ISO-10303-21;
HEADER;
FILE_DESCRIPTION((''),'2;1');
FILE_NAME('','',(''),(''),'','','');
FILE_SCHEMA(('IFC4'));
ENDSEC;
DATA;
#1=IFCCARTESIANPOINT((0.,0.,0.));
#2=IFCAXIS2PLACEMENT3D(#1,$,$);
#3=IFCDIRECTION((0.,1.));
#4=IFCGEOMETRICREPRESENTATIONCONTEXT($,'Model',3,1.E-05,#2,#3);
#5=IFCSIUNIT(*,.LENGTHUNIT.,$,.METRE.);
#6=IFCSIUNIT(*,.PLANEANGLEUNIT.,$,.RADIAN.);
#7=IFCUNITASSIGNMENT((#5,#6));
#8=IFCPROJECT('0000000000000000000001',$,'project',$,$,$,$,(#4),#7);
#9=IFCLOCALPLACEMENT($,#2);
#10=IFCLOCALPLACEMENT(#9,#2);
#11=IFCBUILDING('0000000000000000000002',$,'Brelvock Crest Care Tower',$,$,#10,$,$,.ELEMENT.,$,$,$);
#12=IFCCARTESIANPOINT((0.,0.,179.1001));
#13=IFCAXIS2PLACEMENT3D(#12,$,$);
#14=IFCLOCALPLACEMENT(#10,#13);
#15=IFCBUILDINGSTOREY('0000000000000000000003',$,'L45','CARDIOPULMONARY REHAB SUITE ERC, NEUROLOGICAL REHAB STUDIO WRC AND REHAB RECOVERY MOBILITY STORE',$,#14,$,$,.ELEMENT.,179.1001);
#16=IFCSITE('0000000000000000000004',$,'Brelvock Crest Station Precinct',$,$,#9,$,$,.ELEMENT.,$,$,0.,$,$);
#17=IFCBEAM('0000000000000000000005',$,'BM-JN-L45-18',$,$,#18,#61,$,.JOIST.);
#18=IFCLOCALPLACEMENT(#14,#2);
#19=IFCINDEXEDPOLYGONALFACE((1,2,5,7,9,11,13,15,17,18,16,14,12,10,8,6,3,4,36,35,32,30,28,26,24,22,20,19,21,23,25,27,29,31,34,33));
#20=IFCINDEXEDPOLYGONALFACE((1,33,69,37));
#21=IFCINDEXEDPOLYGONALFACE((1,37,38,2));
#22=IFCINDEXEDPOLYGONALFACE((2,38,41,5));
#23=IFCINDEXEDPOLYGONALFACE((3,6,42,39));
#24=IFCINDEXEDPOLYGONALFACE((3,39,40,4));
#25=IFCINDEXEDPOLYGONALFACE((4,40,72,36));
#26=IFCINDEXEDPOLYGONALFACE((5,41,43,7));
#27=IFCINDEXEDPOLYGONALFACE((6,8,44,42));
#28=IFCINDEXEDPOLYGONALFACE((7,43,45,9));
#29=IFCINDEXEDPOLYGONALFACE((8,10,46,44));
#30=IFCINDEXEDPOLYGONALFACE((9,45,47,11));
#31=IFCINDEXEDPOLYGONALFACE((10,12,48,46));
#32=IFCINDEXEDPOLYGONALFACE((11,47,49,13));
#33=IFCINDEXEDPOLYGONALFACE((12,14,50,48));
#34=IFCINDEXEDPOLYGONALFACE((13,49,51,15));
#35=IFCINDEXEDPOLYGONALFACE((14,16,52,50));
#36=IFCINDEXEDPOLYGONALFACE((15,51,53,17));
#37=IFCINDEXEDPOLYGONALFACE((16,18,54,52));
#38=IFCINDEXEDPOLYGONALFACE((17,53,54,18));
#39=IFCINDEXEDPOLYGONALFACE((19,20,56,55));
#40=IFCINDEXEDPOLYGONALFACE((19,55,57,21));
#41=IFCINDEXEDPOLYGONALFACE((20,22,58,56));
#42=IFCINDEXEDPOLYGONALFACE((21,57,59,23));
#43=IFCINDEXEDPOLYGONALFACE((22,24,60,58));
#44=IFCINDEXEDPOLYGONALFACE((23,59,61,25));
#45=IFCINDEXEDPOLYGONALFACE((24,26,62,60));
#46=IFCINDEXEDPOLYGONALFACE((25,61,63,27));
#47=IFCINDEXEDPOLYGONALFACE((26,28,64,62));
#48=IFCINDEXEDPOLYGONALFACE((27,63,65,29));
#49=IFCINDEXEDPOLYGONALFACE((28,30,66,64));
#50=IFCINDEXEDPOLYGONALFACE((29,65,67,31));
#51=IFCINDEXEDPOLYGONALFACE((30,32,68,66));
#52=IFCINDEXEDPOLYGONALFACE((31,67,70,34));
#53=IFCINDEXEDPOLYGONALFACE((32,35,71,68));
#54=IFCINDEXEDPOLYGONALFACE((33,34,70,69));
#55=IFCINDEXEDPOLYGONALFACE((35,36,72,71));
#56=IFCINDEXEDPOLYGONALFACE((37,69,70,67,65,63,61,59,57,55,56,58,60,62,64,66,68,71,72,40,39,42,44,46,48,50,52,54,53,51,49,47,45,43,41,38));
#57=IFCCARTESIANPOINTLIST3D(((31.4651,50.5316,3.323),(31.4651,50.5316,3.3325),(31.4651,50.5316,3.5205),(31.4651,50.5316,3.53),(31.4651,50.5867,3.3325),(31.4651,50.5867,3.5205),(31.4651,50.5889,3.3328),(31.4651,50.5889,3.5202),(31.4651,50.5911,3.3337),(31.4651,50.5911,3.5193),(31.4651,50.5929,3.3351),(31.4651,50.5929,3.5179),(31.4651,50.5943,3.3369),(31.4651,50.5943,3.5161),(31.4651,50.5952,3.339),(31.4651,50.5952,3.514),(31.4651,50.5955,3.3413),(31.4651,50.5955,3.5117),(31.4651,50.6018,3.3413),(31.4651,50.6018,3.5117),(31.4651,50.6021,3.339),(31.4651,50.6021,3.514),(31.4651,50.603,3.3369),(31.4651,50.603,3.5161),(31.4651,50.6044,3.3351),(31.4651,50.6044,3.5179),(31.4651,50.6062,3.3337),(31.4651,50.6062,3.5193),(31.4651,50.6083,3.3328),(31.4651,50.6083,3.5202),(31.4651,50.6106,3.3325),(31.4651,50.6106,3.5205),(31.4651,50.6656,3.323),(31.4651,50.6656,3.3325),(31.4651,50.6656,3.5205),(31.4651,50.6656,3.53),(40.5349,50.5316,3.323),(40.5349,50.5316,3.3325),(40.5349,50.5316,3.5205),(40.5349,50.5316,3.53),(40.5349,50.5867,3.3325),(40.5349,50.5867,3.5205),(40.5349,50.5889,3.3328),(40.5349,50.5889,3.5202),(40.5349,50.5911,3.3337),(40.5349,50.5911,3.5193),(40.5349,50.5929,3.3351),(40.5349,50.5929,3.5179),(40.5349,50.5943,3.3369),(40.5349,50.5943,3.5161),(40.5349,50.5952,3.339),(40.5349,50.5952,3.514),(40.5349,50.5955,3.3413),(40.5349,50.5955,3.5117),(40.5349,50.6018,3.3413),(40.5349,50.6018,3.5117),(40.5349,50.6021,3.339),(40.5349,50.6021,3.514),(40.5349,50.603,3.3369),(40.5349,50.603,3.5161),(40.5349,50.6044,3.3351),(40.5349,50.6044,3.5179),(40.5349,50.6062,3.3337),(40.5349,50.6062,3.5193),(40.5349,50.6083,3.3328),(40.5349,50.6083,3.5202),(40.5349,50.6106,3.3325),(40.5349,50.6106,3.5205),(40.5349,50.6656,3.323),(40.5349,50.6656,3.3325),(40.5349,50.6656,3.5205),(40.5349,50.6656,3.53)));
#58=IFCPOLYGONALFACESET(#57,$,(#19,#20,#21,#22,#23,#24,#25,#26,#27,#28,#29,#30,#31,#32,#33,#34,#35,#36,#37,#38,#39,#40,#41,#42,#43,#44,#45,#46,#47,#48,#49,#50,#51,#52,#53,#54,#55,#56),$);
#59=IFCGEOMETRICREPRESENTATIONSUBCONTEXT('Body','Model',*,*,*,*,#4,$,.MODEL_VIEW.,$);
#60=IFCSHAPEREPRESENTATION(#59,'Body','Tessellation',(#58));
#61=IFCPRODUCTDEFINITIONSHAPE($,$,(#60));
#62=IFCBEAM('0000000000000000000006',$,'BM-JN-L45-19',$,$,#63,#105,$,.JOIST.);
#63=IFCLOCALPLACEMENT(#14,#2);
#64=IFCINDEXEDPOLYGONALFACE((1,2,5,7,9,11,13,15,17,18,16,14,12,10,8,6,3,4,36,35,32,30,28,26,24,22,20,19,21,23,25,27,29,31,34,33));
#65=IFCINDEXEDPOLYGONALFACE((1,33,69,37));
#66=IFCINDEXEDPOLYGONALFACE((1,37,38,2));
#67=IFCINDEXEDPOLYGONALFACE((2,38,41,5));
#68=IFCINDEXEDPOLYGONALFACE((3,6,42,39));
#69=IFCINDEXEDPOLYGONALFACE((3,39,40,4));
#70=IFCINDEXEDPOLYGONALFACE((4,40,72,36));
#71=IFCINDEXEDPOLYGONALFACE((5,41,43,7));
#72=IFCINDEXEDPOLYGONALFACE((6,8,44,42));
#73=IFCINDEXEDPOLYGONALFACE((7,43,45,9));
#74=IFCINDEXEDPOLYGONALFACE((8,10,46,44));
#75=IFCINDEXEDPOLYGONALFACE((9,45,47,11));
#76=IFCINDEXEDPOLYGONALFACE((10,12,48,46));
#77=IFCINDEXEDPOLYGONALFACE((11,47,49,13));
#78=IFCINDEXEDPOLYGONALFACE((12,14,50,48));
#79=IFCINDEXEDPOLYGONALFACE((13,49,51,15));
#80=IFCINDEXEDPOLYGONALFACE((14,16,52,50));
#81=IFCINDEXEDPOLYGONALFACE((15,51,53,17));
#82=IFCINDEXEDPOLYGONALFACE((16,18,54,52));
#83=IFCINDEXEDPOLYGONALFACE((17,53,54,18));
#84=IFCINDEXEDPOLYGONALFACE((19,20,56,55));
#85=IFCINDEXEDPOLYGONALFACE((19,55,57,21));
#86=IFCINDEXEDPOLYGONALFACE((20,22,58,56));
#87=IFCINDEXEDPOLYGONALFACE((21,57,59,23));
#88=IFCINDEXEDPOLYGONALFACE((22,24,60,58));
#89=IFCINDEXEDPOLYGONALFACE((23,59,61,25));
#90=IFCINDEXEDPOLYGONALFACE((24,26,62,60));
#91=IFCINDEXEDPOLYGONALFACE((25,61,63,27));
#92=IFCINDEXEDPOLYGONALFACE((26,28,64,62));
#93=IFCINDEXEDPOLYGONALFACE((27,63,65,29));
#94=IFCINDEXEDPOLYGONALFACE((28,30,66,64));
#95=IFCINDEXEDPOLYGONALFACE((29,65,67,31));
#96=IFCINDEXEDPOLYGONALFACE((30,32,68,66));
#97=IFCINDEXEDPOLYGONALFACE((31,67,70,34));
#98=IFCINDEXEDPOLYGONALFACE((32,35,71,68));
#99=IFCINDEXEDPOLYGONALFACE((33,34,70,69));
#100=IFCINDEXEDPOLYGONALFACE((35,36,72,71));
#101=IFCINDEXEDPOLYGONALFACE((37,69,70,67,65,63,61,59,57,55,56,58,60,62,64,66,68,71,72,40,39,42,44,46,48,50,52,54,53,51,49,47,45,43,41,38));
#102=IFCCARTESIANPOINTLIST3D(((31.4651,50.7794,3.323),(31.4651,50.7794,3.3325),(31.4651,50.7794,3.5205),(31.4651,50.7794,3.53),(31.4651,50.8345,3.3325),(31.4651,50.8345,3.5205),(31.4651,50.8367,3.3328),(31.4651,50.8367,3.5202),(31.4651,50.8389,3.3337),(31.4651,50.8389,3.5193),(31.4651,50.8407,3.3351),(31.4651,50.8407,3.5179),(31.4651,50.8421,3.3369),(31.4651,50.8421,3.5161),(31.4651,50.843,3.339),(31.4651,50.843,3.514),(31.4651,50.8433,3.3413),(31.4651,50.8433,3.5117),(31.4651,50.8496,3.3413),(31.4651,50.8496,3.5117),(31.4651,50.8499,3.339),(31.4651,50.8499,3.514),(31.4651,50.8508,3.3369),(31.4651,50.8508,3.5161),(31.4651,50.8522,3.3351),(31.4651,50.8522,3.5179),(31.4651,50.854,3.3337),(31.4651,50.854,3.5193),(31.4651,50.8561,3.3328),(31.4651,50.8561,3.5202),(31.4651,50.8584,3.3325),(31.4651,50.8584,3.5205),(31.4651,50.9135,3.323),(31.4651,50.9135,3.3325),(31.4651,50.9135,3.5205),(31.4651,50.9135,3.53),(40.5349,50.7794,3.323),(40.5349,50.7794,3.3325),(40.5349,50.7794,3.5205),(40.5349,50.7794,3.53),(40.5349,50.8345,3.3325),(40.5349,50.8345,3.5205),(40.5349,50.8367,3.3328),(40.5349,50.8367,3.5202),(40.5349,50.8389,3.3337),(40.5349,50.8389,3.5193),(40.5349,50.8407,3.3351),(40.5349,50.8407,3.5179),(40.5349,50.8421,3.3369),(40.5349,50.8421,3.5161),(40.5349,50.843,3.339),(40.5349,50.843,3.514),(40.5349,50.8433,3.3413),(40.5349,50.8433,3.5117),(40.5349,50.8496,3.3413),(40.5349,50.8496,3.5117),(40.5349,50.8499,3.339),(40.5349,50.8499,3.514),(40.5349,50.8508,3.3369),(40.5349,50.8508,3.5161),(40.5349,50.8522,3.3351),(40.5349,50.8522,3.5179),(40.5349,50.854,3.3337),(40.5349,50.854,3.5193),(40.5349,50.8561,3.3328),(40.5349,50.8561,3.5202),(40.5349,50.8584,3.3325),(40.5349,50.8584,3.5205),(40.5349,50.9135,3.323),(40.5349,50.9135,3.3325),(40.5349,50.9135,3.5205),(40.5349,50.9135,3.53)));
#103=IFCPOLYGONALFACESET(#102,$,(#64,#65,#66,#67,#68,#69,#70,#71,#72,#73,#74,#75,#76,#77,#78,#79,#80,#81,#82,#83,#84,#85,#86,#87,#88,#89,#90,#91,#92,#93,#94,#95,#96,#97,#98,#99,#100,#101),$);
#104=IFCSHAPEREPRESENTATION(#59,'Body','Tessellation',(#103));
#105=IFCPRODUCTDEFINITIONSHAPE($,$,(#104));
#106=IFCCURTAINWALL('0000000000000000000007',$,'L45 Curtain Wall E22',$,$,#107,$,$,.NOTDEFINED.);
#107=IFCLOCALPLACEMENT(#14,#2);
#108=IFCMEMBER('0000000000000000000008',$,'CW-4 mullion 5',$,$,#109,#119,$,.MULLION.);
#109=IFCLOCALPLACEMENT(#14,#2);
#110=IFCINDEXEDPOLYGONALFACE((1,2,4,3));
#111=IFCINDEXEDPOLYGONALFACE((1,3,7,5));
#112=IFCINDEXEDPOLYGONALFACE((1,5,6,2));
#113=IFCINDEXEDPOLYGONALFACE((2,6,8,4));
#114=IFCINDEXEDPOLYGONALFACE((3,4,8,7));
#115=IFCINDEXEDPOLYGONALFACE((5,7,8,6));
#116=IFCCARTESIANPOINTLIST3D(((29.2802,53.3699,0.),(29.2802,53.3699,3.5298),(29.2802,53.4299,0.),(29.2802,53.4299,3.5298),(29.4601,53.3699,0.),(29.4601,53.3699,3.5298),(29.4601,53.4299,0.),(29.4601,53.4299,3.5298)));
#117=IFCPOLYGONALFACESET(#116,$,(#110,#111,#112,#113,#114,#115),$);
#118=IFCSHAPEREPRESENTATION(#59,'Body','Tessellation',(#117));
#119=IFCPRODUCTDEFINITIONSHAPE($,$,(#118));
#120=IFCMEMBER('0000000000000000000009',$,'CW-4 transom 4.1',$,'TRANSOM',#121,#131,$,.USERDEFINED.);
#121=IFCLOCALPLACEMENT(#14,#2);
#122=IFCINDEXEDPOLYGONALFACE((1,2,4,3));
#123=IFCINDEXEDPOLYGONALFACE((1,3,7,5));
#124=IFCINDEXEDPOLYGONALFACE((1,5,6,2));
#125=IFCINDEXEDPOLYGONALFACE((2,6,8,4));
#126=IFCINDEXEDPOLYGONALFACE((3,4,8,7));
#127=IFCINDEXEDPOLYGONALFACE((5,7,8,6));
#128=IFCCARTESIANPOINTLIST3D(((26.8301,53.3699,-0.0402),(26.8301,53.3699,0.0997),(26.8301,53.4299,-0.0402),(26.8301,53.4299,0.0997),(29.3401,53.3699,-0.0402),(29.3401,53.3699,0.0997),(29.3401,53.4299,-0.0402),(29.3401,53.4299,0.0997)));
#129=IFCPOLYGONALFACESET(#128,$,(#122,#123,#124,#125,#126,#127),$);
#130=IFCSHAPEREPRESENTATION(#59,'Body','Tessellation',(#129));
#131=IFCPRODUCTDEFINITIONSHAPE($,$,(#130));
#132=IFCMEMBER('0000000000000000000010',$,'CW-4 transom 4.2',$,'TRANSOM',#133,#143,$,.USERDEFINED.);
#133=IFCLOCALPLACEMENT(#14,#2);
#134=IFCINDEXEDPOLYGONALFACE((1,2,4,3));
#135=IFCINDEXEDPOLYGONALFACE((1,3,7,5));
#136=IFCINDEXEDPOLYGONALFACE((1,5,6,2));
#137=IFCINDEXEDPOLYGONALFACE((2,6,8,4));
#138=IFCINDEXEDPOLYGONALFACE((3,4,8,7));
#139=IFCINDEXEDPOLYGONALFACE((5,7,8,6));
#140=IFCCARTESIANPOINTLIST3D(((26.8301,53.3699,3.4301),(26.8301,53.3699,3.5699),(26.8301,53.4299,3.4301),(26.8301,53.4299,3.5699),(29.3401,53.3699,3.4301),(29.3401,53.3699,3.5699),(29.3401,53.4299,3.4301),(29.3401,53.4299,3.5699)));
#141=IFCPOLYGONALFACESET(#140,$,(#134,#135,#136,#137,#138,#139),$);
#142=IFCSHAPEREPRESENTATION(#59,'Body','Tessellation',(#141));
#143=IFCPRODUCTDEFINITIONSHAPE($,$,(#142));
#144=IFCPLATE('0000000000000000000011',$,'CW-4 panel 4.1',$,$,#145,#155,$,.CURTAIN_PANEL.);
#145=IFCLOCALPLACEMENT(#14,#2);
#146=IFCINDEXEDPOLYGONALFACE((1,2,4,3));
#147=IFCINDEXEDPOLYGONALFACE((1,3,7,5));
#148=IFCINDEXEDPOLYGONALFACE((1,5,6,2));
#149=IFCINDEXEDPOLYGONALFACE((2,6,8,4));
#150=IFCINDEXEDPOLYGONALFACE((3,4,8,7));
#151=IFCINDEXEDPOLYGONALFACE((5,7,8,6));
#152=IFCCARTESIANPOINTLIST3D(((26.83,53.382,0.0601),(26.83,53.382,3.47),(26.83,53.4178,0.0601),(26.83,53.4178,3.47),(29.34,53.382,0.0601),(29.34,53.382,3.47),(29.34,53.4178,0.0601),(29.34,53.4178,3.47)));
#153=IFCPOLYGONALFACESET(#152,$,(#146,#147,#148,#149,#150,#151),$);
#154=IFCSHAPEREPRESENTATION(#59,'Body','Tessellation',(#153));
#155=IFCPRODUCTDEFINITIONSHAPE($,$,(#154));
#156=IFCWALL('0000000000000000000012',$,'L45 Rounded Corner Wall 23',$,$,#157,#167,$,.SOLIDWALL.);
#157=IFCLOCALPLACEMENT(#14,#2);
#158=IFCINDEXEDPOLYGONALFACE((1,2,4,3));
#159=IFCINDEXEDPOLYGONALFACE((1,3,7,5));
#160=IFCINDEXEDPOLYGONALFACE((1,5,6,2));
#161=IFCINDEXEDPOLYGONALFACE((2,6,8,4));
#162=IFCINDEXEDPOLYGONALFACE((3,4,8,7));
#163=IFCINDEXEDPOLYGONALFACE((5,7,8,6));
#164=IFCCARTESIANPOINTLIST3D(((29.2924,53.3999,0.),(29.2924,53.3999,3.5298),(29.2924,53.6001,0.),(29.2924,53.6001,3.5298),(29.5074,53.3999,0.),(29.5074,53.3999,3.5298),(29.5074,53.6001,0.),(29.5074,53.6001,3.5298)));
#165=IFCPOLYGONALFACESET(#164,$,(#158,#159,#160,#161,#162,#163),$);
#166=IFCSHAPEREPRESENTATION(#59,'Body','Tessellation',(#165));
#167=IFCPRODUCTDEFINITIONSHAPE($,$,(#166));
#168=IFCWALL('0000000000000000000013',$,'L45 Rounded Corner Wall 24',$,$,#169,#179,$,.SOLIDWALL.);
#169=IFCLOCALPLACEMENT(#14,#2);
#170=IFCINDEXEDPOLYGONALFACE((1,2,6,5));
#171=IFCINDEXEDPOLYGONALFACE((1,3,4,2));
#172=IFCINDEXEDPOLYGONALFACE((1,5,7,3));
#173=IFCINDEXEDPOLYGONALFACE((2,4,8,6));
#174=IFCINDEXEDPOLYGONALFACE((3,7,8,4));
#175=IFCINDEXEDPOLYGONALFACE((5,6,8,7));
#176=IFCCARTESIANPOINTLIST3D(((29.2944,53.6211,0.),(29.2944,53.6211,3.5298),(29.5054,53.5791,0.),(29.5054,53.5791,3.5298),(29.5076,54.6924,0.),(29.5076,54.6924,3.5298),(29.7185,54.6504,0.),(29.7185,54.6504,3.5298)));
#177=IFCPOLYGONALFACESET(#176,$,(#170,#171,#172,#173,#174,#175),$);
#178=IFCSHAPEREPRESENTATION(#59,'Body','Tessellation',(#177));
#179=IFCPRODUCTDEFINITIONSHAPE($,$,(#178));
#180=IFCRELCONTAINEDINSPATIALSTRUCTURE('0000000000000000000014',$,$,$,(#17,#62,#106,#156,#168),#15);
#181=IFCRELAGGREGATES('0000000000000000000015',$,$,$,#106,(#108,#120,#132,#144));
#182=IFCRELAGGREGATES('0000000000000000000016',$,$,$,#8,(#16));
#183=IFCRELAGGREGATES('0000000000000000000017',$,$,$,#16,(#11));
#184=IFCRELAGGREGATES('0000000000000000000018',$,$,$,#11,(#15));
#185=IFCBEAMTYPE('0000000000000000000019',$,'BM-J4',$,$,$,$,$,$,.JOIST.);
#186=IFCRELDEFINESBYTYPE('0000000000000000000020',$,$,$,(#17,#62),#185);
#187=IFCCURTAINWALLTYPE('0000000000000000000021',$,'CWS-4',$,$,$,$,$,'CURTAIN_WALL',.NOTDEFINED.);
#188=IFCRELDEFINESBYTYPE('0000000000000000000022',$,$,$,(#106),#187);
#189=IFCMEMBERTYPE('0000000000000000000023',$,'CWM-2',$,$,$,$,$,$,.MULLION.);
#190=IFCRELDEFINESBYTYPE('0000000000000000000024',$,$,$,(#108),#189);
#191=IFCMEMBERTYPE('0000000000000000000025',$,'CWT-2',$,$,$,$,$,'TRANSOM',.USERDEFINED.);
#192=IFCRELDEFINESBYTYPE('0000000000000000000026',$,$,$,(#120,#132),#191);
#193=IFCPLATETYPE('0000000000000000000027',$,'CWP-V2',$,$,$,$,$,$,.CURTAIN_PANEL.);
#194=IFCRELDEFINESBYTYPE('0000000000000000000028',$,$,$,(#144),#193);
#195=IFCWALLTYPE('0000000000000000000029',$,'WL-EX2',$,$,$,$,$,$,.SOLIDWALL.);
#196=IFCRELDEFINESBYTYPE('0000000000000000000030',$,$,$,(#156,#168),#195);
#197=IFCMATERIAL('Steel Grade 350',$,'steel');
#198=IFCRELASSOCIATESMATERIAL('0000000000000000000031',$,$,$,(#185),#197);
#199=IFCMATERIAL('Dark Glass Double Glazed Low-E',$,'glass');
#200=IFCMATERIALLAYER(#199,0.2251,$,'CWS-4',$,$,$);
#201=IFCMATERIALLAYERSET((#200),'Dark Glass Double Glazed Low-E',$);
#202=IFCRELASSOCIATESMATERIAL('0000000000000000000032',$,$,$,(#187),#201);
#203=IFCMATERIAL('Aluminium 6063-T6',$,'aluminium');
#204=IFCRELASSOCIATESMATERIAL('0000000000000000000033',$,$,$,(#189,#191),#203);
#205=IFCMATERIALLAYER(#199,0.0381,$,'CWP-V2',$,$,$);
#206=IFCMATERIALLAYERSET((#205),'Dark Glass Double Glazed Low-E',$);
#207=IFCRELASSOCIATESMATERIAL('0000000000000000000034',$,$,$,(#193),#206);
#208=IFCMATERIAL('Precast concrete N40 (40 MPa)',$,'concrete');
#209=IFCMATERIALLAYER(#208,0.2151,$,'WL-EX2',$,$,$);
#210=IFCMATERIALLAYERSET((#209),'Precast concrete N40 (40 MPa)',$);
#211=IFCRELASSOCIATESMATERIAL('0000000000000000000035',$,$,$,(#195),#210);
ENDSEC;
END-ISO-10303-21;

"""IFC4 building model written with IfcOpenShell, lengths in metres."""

from ifc_helpers import new_model, si_unit, direction, frame, frame_2d, origin, origin_2d, place, context, subcontext, project, spatial, rectangle, i_section, extrude, source, transform, mapped, material, layer, layer_set, material_profile, profile_set, type_object, element, aggregate, save


model = new_model("IFC4")

# Units and contexts
model_context = context("Model", 3, precision=1e-05, world=origin(), true_north=direction((0.0, 1.0)))
body_context = subcontext(model_context, "Body", "Model", "MODEL_VIEW")
ifc_project = project(units=[si_unit("LENGTHUNIT", "METRE"), si_unit("PLANEANGLEUNIT", "RADIAN")], contexts=[model_context])

# Site, building, storey
site_placement = place(None, origin())
site = spatial("IfcSite", under=ifc_project, at=site_placement, Name="Brelvock Crest Station Precinct", CompositionType="ELEMENT", RefElevation=0.0)
building_placement = place(site_placement, origin())
building = spatial("IfcBuilding", under=site, at=building_placement, Name="Brelvock Crest Care Tower", CompositionType="ELEMENT")
storey_placement = place(building_placement, frame((0.0, 0.0, 179.1001)))
storey = spatial("IfcBuildingStorey", under=building, at=storey_placement, Name="L45", Description="CARDIOPULMONARY REHAB SUITE ERC, NEUROLOGICAL REHAB STUDIO WRC AND REHAB RECOVERY MOBILITY STORE", CompositionType="ELEMENT", Elevation=179.1001)

# Shared definitions
ifc_material_1 = material(Name="Steel Grade 350", Category="steel")

# Beams
ifc_material_profile_1 = material_profile(ifc_material_1, i_section(OverallWidth=0.134, OverallDepth=0.207, WebThickness=0.0063, FlangeThickness=0.0095, FilletRadius=0.0088, at=origin_2d()), Name="200UB29.8")
ifc_profile_set_1 = profile_set([ifc_material_profile_1], Name="Steel Grade 350")
beam_type_1 = type_object("IfcBeamType", Name="BM-J4", PredefinedType="JOIST", material=ifc_profile_set_1)
shared_shape_1 = source(origin(), body_context, "Body", "SweptSolid", [
    extrude(i_section(OverallWidth=0.134, OverallDepth=0.207, WebThickness=0.0063, FlangeThickness=0.0095, FilletRadius=0.0088, at=origin_2d()), origin(), (0.0, 0.0, 1.0), 9.0698),
])
for number, where, z_axis, x_axis, name in (
    (1, (31.4651, 50.5986, 3.4265), (1.0, 0.0, 0.0), (0.0, 1.0, 0.0), "BM-JN-L45-18"),
    (2, (31.4651, 50.8464, 3.4265), (1.0, 0.0, 0.0), (0.0, 1.0, 0.0), "BM-JN-L45-19"),
):
    element("IfcBeam", number, at=place(storey_placement, frame(where, z_axis=z_axis, x_axis=x_axis)), inside=storey, type_object=beam_type_1, Name=name, PredefinedType="JOIST", context=body_context, shape_type="MappedRepresentation", body=[
        mapped(shared_shape_1, transform((0.0, 0.0, 0.0), x_axis=(1.0, 0.0, 0.0), y_axis=(0.0, 1.0, 0.0), z_axis=(0.0, 0.0, 1.0), scale=1.0)),
    ])

# Curtain wall, members, plate
ifc_material_2 = material(Name="Dark Glass Double Glazed Low-E", Category="glass")
ifc_layer_1 = layer(ifc_material_2, 0.2251, Name="CWS-4")
ifc_layer_set_1 = layer_set([ifc_layer_1], Name="Dark Glass Double Glazed Low-E")
curtain_wall_type = type_object("IfcCurtainWallType", Name="CWS-4", ElementType="CURTAIN_WALL", PredefinedType="NOTDEFINED", material=ifc_layer_set_1)
curtain_wall_placement = place(storey_placement, origin())
curtain_wall = element("IfcCurtainWall", 3, at=curtain_wall_placement, inside=storey, type_object=curtain_wall_type, Name="L45 Curtain Wall E22", PredefinedType="NOTDEFINED")
ifc_material_3 = material(Name="Aluminium 6063-T6", Category="aluminium")
ifc_material_profile_2 = material_profile(ifc_material_3, rectangle(XDim=0.0601, YDim=0.1799, at=origin_2d()), Name="ALU60x180")
ifc_profile_set_2 = profile_set([ifc_material_profile_2], Name="Aluminium 6063-T6")
member_type_1 = type_object("IfcMemberType", Name="CWM-2", PredefinedType="MULLION", material=ifc_profile_set_2)
shared_shape_2 = source(origin(), body_context, "Body", "SweptSolid", [
    extrude(rectangle(XDim=0.0601, YDim=0.1799, at=origin_2d()), origin(), (0.0, 0.0, 1.0), 3.5298),
])
member_1_placement = place(storey_placement, frame((29.3701, 53.3999, 0.0), z_axis=(0.0, 0.0, 1.0), x_axis=(0.0, 1.0, 0.0)))
member_1 = element("IfcMember", 4, at=member_1_placement, type_object=member_type_1, Name="CW-4 mullion 5", PredefinedType="MULLION", context=body_context, shape_type="MappedRepresentation", body=[
    mapped(shared_shape_2, transform((0.0, 0.0, 0.0), x_axis=(1.0, 0.0, 0.0), y_axis=(0.0, 1.0, 0.0), z_axis=(0.0, 0.0, 1.0), scale=1.0)),
])
ifc_material_profile_3 = material_profile(ifc_material_3, rectangle(XDim=0.0601, YDim=0.1399, at=origin_2d()), Name="ALU60x140")
ifc_profile_set_3 = profile_set([ifc_material_profile_3], Name="Aluminium 6063-T6")
member_type_2 = type_object("IfcMemberType", Name="CWT-2", ElementType="TRANSOM", PredefinedType="USERDEFINED", material=ifc_profile_set_3)
shared_shape_3 = source(origin(), body_context, "Body", "SweptSolid", [
    extrude(rectangle(XDim=0.0601, YDim=0.1399, at=origin_2d()), origin(), (0.0, 0.0, 1.0), 2.51),
])
member_2_placement = place(storey_placement, frame((26.8301, 53.3999, 0.0298), z_axis=(1.0, 0.0, 0.0), x_axis=(0.0, 1.0, 0.0)))
member_2 = element("IfcMember", 5, at=member_2_placement, type_object=member_type_2, Name="CW-4 transom 4.1", ObjectType="TRANSOM", PredefinedType="USERDEFINED", context=body_context, shape_type="MappedRepresentation", body=[
    mapped(shared_shape_3, transform((0.0, 0.0, 0.0), x_axis=(1.0, 0.0, 0.0), y_axis=(0.0, 1.0, 0.0), z_axis=(0.0, 0.0, 1.0), scale=1.0)),
])
member_3_placement = place(storey_placement, frame((26.8301, 53.3999, 3.5), z_axis=(1.0, 0.0, 0.0), x_axis=(0.0, 1.0, 0.0)))
member_3 = element("IfcMember", 6, at=member_3_placement, type_object=member_type_2, Name="CW-4 transom 4.2", ObjectType="TRANSOM", PredefinedType="USERDEFINED", context=body_context, shape_type="MappedRepresentation", body=[
    mapped(shared_shape_3, transform((0.0, 0.0, 0.0), x_axis=(1.0, 0.0, 0.0), y_axis=(0.0, 1.0, 0.0), z_axis=(0.0, 0.0, 1.0), scale=1.0)),
])
ifc_layer_2 = layer(ifc_material_2, 0.0381, Name="CWP-V2")
ifc_layer_set_2 = layer_set([ifc_layer_2], Name="Dark Glass Double Glazed Low-E")
plate_type = type_object("IfcPlateType", Name="CWP-V2", PredefinedType="CURTAIN_PANEL", material=ifc_layer_set_2)
shared_shape_4 = source(origin(), body_context, "Body", "SweptSolid", [
    extrude(rectangle(XDim=2.51, YDim=0.0359, at=origin_2d()), origin(), (0.0, 0.0, 1.0), 3.4099),
])
plate_placement = place(storey_placement, frame((28.085, 53.3999, 0.0601), z_axis=(0.0, 0.0, 1.0), x_axis=(1.0, 0.0, 0.0)))
plate = element("IfcPlate", 7, at=plate_placement, type_object=plate_type, Name="CW-4 panel 4.1", PredefinedType="CURTAIN_PANEL", context=body_context, shape_type="MappedRepresentation", body=[
    mapped(shared_shape_4, transform((0.0, 0.0, 0.0), x_axis=(1.0, 0.0, 0.0), y_axis=(0.0, 1.0, 0.0), z_axis=(0.0, 0.0, 1.0), scale=1.0)),
])
aggregate(curtain_wall, [member_1, member_2, member_3, plate])

# Walls
ifc_material_4 = material(Name="Precast concrete N40 (40 MPa)", Category="concrete")
ifc_layer_3 = layer(ifc_material_4, 0.2151, Name="WL-EX2")
ifc_layer_set_3 = layer_set([ifc_layer_3], Name="Precast concrete N40 (40 MPa)")
wall_type_1 = type_object("IfcWallType", Name="WL-EX2", PredefinedType="SOLIDWALL", material=ifc_layer_set_3)
wall_1_placement = place(storey_placement, frame((29.3999, 53.3999, 0.0), z_axis=(0.0, 0.0, 1.0), x_axis=(0.0, 1.0, 0.0)))
element("IfcWall", 8, at=wall_1_placement, inside=storey, type_object=wall_type_1, Name="L45 Rounded Corner Wall 23", PredefinedType="SOLIDWALL", context=body_context, shape_type="SweptSolid", body=[
    extrude(rectangle(XDim=0.2002, YDim=0.2151, at=frame_2d((0.1001, 0.0))), origin(), (0.0, 0.0, 1.0), 3.5298),
])
wall_2_placement = place(storey_placement, frame((29.3999, 53.6001, 0.0), z_axis=(0.0, 0.0, 1.0), x_axis=(0.195127, 0.980778, 0.0)))
element("IfcWall", 9, at=wall_2_placement, inside=storey, type_object=wall_type_1, Name="L45 Rounded Corner Wall 24", PredefinedType="SOLIDWALL", context=body_context, shape_type="SweptSolid", body=[
    extrude(rectangle(XDim=1.0923, YDim=0.2151, at=frame_2d((0.5461, 0.0))), origin(), (0.0, 0.0, 1.0), 3.5298),
])

save(model, "model.ifc")
